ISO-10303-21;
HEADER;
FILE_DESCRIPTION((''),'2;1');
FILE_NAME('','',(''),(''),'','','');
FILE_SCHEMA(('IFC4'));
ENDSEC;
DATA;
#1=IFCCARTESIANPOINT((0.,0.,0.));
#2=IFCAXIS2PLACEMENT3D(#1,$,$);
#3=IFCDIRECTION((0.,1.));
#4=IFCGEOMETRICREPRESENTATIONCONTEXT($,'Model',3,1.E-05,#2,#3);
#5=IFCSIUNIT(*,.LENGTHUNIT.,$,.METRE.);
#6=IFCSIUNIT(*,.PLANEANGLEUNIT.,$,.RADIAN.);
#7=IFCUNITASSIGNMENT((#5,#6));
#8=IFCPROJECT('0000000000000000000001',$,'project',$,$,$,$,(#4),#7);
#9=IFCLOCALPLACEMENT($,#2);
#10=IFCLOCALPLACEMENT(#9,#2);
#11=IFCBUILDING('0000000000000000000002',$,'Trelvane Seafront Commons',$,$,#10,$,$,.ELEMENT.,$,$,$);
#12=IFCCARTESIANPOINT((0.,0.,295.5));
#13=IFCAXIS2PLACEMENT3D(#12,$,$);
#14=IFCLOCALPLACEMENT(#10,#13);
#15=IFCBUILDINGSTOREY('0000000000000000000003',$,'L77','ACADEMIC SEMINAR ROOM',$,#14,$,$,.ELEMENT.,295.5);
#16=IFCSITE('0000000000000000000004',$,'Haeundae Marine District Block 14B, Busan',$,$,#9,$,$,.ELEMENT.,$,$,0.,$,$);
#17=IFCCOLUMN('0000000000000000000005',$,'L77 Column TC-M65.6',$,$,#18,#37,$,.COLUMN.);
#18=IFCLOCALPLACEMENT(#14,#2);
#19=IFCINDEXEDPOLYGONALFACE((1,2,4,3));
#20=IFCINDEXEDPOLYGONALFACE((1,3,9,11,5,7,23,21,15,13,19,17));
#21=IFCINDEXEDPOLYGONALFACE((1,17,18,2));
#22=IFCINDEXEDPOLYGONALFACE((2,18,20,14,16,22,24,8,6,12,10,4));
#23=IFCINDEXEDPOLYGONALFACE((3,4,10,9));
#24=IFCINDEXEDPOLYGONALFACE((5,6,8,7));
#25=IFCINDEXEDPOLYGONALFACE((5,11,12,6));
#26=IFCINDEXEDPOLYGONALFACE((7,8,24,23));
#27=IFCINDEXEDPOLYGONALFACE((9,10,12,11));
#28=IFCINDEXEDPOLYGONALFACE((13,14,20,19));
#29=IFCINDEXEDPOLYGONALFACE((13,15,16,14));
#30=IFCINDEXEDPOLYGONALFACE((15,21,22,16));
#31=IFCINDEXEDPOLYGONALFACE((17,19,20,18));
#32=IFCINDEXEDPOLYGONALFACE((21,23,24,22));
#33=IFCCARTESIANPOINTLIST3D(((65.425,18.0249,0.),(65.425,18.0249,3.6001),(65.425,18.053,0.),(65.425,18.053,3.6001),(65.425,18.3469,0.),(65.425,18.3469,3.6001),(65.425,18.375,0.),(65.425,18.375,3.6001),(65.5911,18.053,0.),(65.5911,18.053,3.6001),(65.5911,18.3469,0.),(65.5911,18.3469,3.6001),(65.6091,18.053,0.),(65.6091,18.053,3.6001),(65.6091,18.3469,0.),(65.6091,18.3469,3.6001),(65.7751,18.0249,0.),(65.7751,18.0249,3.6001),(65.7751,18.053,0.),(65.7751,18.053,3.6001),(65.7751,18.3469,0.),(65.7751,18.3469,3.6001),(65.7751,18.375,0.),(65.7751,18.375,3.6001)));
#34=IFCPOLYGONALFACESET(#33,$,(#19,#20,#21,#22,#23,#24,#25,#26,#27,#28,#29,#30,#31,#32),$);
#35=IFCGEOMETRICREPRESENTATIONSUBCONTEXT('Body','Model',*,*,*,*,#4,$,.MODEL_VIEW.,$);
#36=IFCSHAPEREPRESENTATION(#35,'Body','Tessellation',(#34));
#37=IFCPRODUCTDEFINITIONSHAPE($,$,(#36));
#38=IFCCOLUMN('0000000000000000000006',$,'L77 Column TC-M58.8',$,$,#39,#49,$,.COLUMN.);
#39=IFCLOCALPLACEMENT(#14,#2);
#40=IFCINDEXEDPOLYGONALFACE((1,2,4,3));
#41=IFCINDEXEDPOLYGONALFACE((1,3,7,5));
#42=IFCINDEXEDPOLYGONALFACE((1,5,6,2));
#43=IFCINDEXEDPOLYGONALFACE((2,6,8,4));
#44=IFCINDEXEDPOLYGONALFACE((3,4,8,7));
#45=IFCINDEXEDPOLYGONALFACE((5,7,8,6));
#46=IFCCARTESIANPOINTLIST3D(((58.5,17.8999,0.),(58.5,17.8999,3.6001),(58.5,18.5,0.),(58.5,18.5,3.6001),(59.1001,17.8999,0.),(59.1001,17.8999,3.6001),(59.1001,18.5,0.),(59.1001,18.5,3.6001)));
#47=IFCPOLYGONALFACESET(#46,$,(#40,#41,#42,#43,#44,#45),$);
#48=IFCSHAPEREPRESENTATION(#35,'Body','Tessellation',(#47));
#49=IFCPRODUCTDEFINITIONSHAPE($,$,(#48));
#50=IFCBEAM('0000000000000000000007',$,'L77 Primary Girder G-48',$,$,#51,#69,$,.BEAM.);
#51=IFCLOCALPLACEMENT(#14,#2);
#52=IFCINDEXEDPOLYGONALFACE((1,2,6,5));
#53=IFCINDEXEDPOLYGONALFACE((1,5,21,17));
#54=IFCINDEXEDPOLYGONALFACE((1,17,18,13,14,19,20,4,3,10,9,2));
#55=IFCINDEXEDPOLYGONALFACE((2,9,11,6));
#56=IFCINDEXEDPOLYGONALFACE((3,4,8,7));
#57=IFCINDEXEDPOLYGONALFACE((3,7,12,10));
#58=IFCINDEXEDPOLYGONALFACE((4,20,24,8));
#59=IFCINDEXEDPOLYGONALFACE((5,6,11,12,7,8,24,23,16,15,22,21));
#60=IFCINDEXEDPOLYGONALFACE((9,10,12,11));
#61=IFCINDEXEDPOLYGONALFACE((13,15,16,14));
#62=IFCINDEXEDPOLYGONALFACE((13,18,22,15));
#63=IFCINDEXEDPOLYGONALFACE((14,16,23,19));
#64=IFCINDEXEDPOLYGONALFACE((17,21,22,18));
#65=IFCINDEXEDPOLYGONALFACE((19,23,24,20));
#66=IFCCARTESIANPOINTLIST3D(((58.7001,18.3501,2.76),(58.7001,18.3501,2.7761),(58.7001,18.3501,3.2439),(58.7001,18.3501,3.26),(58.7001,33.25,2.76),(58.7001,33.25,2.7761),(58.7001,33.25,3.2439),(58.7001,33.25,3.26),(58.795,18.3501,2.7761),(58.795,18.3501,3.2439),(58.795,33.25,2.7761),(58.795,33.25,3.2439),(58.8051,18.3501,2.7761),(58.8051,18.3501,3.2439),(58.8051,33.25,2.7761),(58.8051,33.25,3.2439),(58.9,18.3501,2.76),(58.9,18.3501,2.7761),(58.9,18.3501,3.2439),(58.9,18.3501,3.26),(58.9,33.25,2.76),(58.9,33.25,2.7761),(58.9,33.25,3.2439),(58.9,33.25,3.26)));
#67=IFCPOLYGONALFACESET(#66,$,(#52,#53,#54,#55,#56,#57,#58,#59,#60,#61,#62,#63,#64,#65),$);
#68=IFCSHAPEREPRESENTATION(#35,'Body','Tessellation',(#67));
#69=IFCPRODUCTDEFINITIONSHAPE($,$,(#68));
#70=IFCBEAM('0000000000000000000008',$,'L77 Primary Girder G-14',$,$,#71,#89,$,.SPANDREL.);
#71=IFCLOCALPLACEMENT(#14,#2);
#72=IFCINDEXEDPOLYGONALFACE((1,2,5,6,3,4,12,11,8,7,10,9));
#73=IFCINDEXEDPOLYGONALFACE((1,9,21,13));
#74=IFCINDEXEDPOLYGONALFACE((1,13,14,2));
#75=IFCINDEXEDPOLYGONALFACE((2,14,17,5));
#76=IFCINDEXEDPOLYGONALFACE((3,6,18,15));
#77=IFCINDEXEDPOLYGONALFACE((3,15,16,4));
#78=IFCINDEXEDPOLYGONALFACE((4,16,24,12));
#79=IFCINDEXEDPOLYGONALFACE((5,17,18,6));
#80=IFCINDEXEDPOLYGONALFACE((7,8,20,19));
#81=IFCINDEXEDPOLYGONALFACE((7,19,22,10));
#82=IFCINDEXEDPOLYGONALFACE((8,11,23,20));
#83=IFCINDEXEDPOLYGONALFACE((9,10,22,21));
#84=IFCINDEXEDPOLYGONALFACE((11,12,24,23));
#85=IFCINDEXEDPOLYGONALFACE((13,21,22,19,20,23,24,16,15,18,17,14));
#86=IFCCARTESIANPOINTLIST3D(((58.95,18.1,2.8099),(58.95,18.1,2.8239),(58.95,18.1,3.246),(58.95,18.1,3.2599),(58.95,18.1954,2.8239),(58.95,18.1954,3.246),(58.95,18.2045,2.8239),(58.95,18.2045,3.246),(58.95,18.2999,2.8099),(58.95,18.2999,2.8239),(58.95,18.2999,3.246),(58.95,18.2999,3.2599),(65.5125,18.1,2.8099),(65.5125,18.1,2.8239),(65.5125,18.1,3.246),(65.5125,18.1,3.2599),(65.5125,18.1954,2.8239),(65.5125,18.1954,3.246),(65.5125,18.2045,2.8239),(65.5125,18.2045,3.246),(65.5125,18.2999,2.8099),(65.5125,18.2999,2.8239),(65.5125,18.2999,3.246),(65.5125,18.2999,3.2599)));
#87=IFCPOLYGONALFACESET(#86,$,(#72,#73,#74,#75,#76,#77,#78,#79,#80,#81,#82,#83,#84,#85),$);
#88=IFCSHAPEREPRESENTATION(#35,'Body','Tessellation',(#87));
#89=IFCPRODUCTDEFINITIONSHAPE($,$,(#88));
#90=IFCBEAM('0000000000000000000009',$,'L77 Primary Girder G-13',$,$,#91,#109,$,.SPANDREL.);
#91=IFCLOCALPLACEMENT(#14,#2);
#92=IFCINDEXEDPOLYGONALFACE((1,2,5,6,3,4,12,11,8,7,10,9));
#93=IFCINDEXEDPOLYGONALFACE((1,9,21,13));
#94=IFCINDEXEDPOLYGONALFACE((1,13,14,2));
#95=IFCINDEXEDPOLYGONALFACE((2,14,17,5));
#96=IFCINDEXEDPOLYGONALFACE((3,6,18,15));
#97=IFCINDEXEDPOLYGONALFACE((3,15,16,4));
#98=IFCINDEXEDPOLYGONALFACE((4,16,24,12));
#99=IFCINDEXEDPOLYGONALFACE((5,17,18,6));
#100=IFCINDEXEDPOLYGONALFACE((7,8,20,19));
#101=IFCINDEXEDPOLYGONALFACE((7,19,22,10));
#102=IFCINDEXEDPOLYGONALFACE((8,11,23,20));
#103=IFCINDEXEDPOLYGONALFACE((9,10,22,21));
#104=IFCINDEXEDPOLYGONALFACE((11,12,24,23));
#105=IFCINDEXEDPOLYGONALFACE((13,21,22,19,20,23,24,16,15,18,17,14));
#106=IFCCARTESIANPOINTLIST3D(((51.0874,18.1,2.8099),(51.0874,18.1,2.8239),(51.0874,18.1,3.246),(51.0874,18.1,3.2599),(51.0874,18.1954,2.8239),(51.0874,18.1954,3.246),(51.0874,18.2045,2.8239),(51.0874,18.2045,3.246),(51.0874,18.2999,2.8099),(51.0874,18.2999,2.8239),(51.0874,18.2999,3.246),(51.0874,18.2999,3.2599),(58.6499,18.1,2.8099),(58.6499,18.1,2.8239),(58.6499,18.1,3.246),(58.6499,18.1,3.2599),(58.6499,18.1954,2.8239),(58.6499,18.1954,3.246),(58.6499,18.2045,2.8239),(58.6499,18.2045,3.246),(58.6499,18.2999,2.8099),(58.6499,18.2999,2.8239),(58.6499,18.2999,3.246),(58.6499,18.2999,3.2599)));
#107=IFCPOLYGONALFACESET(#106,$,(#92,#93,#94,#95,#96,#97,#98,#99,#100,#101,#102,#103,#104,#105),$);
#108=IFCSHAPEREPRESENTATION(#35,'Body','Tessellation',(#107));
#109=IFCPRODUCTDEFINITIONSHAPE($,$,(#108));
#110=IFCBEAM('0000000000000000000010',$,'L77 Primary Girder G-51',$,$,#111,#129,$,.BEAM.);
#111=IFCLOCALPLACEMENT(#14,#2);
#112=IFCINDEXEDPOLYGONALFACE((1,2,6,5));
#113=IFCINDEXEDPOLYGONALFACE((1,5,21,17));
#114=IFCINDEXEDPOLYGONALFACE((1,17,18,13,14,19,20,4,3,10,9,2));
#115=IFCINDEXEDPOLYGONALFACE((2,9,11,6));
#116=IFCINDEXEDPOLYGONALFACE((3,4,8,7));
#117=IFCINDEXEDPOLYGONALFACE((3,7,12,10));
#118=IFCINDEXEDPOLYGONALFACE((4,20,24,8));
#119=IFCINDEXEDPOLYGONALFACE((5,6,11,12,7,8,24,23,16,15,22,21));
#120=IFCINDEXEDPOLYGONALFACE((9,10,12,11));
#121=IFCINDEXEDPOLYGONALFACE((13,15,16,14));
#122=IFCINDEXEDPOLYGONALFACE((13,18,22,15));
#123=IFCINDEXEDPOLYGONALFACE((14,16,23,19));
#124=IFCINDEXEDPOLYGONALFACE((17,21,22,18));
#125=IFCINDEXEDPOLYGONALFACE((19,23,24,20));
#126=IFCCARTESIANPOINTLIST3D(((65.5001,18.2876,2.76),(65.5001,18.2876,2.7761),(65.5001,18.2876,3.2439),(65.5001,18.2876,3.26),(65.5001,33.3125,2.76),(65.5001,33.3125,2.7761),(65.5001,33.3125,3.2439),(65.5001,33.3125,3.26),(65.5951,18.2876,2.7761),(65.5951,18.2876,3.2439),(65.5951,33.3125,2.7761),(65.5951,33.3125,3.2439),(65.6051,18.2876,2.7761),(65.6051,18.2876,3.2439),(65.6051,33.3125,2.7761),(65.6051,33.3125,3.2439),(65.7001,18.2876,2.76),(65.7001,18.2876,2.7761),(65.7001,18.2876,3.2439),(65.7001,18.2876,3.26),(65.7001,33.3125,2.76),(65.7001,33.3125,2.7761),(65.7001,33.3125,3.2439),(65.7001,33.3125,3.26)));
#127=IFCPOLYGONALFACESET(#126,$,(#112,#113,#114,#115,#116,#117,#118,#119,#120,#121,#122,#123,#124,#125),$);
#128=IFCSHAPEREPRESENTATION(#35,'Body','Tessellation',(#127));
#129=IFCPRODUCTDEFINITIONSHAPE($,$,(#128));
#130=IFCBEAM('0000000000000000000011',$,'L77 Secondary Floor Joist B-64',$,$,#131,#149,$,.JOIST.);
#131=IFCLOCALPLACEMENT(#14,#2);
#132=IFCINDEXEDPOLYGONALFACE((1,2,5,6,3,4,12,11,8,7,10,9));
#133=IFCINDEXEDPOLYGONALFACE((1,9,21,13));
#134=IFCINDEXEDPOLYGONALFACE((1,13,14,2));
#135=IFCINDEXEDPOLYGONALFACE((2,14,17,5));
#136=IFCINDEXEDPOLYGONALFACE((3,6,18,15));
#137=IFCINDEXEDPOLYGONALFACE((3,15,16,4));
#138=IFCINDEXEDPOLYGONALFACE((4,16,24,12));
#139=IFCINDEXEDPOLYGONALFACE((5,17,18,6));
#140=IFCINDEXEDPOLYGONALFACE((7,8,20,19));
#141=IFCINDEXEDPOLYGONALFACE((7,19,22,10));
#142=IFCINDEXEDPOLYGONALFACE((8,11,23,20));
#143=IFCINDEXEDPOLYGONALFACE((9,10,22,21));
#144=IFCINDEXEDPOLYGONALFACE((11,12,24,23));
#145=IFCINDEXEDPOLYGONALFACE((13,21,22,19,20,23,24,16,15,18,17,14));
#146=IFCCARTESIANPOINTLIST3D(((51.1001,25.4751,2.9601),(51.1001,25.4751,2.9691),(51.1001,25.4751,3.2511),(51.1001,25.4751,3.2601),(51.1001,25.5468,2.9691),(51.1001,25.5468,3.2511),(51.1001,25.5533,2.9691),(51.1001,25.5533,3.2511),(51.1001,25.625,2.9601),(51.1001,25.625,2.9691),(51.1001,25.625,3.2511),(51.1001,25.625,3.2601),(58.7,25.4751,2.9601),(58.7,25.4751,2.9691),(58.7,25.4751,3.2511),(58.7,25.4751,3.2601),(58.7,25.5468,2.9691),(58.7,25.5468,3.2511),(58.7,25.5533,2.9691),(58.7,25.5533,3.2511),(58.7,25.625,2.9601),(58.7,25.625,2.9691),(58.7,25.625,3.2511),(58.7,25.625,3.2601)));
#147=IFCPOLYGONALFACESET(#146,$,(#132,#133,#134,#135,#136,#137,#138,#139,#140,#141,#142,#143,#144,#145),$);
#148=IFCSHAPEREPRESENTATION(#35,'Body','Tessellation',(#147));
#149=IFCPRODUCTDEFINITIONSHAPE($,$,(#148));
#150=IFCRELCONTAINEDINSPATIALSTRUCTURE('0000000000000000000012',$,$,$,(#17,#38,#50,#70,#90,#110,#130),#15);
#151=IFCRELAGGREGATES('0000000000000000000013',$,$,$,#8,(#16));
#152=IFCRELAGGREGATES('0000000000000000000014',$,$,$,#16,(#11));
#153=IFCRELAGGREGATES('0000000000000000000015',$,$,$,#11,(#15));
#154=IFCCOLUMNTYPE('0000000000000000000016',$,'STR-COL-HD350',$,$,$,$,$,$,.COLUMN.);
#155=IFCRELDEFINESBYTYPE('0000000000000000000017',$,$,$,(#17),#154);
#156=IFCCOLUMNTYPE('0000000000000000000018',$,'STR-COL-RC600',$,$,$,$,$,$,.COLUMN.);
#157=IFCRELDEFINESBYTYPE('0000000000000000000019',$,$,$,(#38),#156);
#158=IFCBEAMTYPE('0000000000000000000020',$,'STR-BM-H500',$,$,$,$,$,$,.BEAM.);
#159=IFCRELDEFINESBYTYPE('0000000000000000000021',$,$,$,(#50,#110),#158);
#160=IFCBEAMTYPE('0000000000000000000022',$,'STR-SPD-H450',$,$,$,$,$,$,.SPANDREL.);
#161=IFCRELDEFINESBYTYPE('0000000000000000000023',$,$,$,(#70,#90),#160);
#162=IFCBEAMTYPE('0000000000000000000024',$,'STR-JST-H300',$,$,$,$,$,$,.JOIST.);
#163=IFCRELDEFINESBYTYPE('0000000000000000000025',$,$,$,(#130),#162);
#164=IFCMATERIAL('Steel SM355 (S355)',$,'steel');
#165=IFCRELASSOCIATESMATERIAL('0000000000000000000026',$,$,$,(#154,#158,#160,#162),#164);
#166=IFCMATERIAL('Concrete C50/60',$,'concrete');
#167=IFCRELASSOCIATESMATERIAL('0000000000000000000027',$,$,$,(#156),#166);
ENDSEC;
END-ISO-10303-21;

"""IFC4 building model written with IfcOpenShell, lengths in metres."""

from ifc_helpers import new_model, si_unit, direction, frame, origin, origin_2d, place, context, subcontext, project, spatial, rectangle, i_section, extrude, source, transform, mapped, material, material_profile, profile_set, type_object, element, save


model = new_model("IFC4")

# Units and contexts
model_context = context("Model", 3, precision=1e-05, world=origin(), true_north=direction((0.0, 1.0)))
body_context = subcontext(model_context, "Body", "Model", "MODEL_VIEW")
ifc_project = project(units=[si_unit("LENGTHUNIT", "METRE"), si_unit("PLANEANGLEUNIT", "RADIAN")], contexts=[model_context])

# Site, building, storey
site_placement = place(None, origin())
site = spatial("IfcSite", under=ifc_project, at=site_placement, Name="Haeundae Marine District Block 14B, Busan", CompositionType="ELEMENT", RefElevation=0.0)
building_placement = place(site_placement, origin())
building = spatial("IfcBuilding", under=site, at=building_placement, Name="Trelvane Seafront Commons", CompositionType="ELEMENT")
storey_placement = place(building_placement, frame((0.0, 0.0, 295.5)))
storey = spatial("IfcBuildingStorey", under=building, at=storey_placement, Name="L77", Description="ACADEMIC SEMINAR ROOM", CompositionType="ELEMENT", Elevation=295.5)

# Columns
ifc_material_1 = material(Name="Steel SM355 (S355)", Category="steel")
ifc_material_profile_1 = material_profile(ifc_material_1, i_section(OverallWidth=0.3501, OverallDepth=0.3501, WebThickness=0.0181, FlangeThickness=0.0281, at=origin_2d()), Name="HD-350x350x18x28")
ifc_profile_set_1 = profile_set([ifc_material_profile_1], Name="Steel SM355 (S355)")
column_type_1 = type_object("IfcColumnType", Name="STR-COL-HD350", PredefinedType="COLUMN", material=ifc_profile_set_1)
shared_shape_1 = source(origin(), body_context, "Body", "SweptSolid", [
    extrude(i_section(OverallWidth=0.3501, OverallDepth=0.3501, WebThickness=0.0181, FlangeThickness=0.0281, at=origin_2d()), origin(), (0.0, 0.0, 1.0), 3.6001),
])
column_1_placement = place(storey_placement, frame((65.6001, 18.2, 0.0), z_axis=(0.0, 0.0, 1.0), x_axis=(1.0, 0.0, 0.0)))
element("IfcColumn", 1, at=column_1_placement, inside=storey, type_object=column_type_1, Name="L77 Column TC-M65.6", PredefinedType="COLUMN", context=body_context, shape_type="MappedRepresentation", body=[
    mapped(shared_shape_1, transform((0.0, 0.0, 0.0), x_axis=(1.0, 0.0, 0.0), y_axis=(0.0, 1.0, 0.0), z_axis=(0.0, 0.0, 1.0), scale=1.0)),
])
ifc_material_2 = material(Name="Concrete C50/60", Category="concrete")
ifc_material_profile_2 = material_profile(ifc_material_2, rectangle(XDim=0.6001, YDim=0.6001, at=origin_2d()), Name="RC-600x600")
ifc_profile_set_2 = profile_set([ifc_material_profile_2], Name="Concrete C50/60")
column_type_2 = type_object("IfcColumnType", Name="STR-COL-RC600", PredefinedType="COLUMN", material=ifc_profile_set_2)
shared_shape_2 = source(origin(), body_context, "Body", "SweptSolid", [
    extrude(rectangle(XDim=0.6001, YDim=0.6001, at=origin_2d()), origin(), (0.0, 0.0, 1.0), 3.6001),
])
column_2_placement = place(storey_placement, frame((58.8, 18.2, 0.0), z_axis=(0.0, 0.0, 1.0), x_axis=(1.0, 0.0, 0.0)))
element("IfcColumn", 2, at=column_2_placement, inside=storey, type_object=column_type_2, Name="L77 Column TC-M58.8", PredefinedType="COLUMN", context=body_context, shape_type="MappedRepresentation", body=[
    mapped(shared_shape_2, transform((0.0, 0.0, 0.0), x_axis=(1.0, 0.0, 0.0), y_axis=(0.0, 1.0, 0.0), z_axis=(0.0, 0.0, 1.0), scale=1.0)),
])

# Beams
ifc_material_profile_3 = material_profile(ifc_material_1, i_section(OverallWidth=0.2, OverallDepth=0.5, WebThickness=0.01, FlangeThickness=0.0161, at=origin_2d()), Name="H-500x200x10x16")
ifc_profile_set_3 = profile_set([ifc_material_profile_3], Name="Steel SM355 (S355)")
beam_type_1 = type_object("IfcBeamType", Name="STR-BM-H500", PredefinedType="BEAM", material=ifc_profile_set_3)
shared_shape_3 = source(origin(), body_context, "Body", "SweptSolid", [
    extrude(i_section(OverallWidth=0.2, OverallDepth=0.5, WebThickness=0.01, FlangeThickness=0.0161, at=origin_2d()), origin(), (0.0, 0.0, 1.0), 14.8999),
])
beam_1_placement = place(storey_placement, frame((58.8, 18.3501, 3.01), z_axis=(0.0, 1.0, 0.0), x_axis=(-1.0, 0.0, 0.0)))
element("IfcBeam", 3, at=beam_1_placement, inside=storey, type_object=beam_type_1, Name="L77 Primary Girder G-48", PredefinedType="BEAM", context=body_context, shape_type="MappedRepresentation", body=[
    mapped(shared_shape_3, transform((0.0, 0.0, 0.0), x_axis=(1.0, 0.0, 0.0), y_axis=(0.0, 1.0, 0.0), z_axis=(0.0, 0.0, 1.0), scale=1.0)),
])
ifc_material_profile_4 = material_profile(ifc_material_1, i_section(OverallWidth=0.2, OverallDepth=0.45, WebThickness=0.009, FlangeThickness=0.0139, at=origin_2d()), Name="H-450x200x9x14")
ifc_profile_set_4 = profile_set([ifc_material_profile_4], Name="Steel SM355 (S355)")
beam_type_2 = type_object("IfcBeamType", Name="STR-SPD-H450", PredefinedType="SPANDREL", material=ifc_profile_set_4)
shared_shape_4 = source(origin(), body_context, "Body", "SweptSolid", [
    extrude(i_section(OverallWidth=0.2, OverallDepth=0.45, WebThickness=0.009, FlangeThickness=0.0139, at=origin_2d()), origin(), (0.0, 0.0, 1.0), 6.5625),
])
beam_2_placement = place(storey_placement, frame((58.95, 18.2, 3.0349), z_axis=(1.0, 0.0, 0.0), x_axis=(0.0, 1.0, 0.0)))
element("IfcBeam", 4, at=beam_2_placement, inside=storey, type_object=beam_type_2, Name="L77 Primary Girder G-14", PredefinedType="SPANDREL", context=body_context, shape_type="MappedRepresentation", body=[
    mapped(shared_shape_4, transform((0.0, 0.0, 0.0), x_axis=(1.0, 0.0, 0.0), y_axis=(0.0, 1.0, 0.0), z_axis=(0.0, 0.0, 1.0), scale=1.0)),
])
shared_shape_5 = source(origin(), body_context, "Body", "SweptSolid", [
    extrude(i_section(OverallWidth=0.2, OverallDepth=0.45, WebThickness=0.009, FlangeThickness=0.0139, at=origin_2d()), origin(), (0.0, 0.0, 1.0), 7.5625),
])
beam_3_placement = place(storey_placement, frame((51.0874, 18.2, 3.0349), z_axis=(1.0, 0.0, 0.0), x_axis=(0.0, 1.0, 0.0)))
element("IfcBeam", 5, at=beam_3_placement, inside=storey, type_object=beam_type_2, Name="L77 Primary Girder G-13", PredefinedType="SPANDREL", context=body_context, shape_type="MappedRepresentation", body=[
    mapped(shared_shape_5, transform((0.0, 0.0, 0.0), x_axis=(1.0, 0.0, 0.0), y_axis=(0.0, 1.0, 0.0), z_axis=(0.0, 0.0, 1.0), scale=1.0)),
])
shared_shape_6 = source(origin(), body_context, "Body", "SweptSolid", [
    extrude(i_section(OverallWidth=0.2, OverallDepth=0.5, WebThickness=0.01, FlangeThickness=0.0161, at=origin_2d()), origin(), (0.0, 0.0, 1.0), 15.0249),
])
beam_4_placement = place(storey_placement, frame((65.6001, 18.2876, 3.01), z_axis=(0.0, 1.0, 0.0), x_axis=(-1.0, 0.0, 0.0)))
element("IfcBeam", 6, at=beam_4_placement, inside=storey, type_object=beam_type_1, Name="L77 Primary Girder G-51", PredefinedType="BEAM", context=body_context, shape_type="MappedRepresentation", body=[
    mapped(shared_shape_6, transform((0.0, 0.0, 0.0), x_axis=(1.0, 0.0, 0.0), y_axis=(0.0, 1.0, 0.0), z_axis=(0.0, 0.0, 1.0), scale=1.0)),
])
ifc_material_profile_5 = material_profile(ifc_material_1, i_section(OverallWidth=0.1499, OverallDepth=0.3, WebThickness=0.0066, FlangeThickness=0.009, at=origin_2d()), Name="H-300x150x6.5x9")
ifc_profile_set_5 = profile_set([ifc_material_profile_5], Name="Steel SM355 (S355)")
beam_type_3 = type_object("IfcBeamType", Name="STR-JST-H300", PredefinedType="JOIST", material=ifc_profile_set_5)
shared_shape_7 = source(origin(), body_context, "Body", "SweptSolid", [
    extrude(i_section(OverallWidth=0.1499, OverallDepth=0.3, WebThickness=0.0066, FlangeThickness=0.009, at=origin_2d()), origin(), (0.0, 0.0, 1.0), 7.5999),
])
beam_5_placement = place(storey_placement, frame((51.1001, 25.55, 3.1101), z_axis=(1.0, 0.0, 0.0), x_axis=(0.0, 1.0, 0.0)))
element("IfcBeam", 7, at=beam_5_placement, inside=storey, type_object=beam_type_3, Name="L77 Secondary Floor Joist B-64", PredefinedType="JOIST", context=body_context, shape_type="MappedRepresentation", body=[
    mapped(shared_shape_7, transform((0.0, 0.0, 0.0), x_axis=(1.0, 0.0, 0.0), y_axis=(0.0, 1.0, 0.0), z_axis=(0.0, 0.0, 1.0), scale=1.0)),
])

save(model, "model.ifc")
